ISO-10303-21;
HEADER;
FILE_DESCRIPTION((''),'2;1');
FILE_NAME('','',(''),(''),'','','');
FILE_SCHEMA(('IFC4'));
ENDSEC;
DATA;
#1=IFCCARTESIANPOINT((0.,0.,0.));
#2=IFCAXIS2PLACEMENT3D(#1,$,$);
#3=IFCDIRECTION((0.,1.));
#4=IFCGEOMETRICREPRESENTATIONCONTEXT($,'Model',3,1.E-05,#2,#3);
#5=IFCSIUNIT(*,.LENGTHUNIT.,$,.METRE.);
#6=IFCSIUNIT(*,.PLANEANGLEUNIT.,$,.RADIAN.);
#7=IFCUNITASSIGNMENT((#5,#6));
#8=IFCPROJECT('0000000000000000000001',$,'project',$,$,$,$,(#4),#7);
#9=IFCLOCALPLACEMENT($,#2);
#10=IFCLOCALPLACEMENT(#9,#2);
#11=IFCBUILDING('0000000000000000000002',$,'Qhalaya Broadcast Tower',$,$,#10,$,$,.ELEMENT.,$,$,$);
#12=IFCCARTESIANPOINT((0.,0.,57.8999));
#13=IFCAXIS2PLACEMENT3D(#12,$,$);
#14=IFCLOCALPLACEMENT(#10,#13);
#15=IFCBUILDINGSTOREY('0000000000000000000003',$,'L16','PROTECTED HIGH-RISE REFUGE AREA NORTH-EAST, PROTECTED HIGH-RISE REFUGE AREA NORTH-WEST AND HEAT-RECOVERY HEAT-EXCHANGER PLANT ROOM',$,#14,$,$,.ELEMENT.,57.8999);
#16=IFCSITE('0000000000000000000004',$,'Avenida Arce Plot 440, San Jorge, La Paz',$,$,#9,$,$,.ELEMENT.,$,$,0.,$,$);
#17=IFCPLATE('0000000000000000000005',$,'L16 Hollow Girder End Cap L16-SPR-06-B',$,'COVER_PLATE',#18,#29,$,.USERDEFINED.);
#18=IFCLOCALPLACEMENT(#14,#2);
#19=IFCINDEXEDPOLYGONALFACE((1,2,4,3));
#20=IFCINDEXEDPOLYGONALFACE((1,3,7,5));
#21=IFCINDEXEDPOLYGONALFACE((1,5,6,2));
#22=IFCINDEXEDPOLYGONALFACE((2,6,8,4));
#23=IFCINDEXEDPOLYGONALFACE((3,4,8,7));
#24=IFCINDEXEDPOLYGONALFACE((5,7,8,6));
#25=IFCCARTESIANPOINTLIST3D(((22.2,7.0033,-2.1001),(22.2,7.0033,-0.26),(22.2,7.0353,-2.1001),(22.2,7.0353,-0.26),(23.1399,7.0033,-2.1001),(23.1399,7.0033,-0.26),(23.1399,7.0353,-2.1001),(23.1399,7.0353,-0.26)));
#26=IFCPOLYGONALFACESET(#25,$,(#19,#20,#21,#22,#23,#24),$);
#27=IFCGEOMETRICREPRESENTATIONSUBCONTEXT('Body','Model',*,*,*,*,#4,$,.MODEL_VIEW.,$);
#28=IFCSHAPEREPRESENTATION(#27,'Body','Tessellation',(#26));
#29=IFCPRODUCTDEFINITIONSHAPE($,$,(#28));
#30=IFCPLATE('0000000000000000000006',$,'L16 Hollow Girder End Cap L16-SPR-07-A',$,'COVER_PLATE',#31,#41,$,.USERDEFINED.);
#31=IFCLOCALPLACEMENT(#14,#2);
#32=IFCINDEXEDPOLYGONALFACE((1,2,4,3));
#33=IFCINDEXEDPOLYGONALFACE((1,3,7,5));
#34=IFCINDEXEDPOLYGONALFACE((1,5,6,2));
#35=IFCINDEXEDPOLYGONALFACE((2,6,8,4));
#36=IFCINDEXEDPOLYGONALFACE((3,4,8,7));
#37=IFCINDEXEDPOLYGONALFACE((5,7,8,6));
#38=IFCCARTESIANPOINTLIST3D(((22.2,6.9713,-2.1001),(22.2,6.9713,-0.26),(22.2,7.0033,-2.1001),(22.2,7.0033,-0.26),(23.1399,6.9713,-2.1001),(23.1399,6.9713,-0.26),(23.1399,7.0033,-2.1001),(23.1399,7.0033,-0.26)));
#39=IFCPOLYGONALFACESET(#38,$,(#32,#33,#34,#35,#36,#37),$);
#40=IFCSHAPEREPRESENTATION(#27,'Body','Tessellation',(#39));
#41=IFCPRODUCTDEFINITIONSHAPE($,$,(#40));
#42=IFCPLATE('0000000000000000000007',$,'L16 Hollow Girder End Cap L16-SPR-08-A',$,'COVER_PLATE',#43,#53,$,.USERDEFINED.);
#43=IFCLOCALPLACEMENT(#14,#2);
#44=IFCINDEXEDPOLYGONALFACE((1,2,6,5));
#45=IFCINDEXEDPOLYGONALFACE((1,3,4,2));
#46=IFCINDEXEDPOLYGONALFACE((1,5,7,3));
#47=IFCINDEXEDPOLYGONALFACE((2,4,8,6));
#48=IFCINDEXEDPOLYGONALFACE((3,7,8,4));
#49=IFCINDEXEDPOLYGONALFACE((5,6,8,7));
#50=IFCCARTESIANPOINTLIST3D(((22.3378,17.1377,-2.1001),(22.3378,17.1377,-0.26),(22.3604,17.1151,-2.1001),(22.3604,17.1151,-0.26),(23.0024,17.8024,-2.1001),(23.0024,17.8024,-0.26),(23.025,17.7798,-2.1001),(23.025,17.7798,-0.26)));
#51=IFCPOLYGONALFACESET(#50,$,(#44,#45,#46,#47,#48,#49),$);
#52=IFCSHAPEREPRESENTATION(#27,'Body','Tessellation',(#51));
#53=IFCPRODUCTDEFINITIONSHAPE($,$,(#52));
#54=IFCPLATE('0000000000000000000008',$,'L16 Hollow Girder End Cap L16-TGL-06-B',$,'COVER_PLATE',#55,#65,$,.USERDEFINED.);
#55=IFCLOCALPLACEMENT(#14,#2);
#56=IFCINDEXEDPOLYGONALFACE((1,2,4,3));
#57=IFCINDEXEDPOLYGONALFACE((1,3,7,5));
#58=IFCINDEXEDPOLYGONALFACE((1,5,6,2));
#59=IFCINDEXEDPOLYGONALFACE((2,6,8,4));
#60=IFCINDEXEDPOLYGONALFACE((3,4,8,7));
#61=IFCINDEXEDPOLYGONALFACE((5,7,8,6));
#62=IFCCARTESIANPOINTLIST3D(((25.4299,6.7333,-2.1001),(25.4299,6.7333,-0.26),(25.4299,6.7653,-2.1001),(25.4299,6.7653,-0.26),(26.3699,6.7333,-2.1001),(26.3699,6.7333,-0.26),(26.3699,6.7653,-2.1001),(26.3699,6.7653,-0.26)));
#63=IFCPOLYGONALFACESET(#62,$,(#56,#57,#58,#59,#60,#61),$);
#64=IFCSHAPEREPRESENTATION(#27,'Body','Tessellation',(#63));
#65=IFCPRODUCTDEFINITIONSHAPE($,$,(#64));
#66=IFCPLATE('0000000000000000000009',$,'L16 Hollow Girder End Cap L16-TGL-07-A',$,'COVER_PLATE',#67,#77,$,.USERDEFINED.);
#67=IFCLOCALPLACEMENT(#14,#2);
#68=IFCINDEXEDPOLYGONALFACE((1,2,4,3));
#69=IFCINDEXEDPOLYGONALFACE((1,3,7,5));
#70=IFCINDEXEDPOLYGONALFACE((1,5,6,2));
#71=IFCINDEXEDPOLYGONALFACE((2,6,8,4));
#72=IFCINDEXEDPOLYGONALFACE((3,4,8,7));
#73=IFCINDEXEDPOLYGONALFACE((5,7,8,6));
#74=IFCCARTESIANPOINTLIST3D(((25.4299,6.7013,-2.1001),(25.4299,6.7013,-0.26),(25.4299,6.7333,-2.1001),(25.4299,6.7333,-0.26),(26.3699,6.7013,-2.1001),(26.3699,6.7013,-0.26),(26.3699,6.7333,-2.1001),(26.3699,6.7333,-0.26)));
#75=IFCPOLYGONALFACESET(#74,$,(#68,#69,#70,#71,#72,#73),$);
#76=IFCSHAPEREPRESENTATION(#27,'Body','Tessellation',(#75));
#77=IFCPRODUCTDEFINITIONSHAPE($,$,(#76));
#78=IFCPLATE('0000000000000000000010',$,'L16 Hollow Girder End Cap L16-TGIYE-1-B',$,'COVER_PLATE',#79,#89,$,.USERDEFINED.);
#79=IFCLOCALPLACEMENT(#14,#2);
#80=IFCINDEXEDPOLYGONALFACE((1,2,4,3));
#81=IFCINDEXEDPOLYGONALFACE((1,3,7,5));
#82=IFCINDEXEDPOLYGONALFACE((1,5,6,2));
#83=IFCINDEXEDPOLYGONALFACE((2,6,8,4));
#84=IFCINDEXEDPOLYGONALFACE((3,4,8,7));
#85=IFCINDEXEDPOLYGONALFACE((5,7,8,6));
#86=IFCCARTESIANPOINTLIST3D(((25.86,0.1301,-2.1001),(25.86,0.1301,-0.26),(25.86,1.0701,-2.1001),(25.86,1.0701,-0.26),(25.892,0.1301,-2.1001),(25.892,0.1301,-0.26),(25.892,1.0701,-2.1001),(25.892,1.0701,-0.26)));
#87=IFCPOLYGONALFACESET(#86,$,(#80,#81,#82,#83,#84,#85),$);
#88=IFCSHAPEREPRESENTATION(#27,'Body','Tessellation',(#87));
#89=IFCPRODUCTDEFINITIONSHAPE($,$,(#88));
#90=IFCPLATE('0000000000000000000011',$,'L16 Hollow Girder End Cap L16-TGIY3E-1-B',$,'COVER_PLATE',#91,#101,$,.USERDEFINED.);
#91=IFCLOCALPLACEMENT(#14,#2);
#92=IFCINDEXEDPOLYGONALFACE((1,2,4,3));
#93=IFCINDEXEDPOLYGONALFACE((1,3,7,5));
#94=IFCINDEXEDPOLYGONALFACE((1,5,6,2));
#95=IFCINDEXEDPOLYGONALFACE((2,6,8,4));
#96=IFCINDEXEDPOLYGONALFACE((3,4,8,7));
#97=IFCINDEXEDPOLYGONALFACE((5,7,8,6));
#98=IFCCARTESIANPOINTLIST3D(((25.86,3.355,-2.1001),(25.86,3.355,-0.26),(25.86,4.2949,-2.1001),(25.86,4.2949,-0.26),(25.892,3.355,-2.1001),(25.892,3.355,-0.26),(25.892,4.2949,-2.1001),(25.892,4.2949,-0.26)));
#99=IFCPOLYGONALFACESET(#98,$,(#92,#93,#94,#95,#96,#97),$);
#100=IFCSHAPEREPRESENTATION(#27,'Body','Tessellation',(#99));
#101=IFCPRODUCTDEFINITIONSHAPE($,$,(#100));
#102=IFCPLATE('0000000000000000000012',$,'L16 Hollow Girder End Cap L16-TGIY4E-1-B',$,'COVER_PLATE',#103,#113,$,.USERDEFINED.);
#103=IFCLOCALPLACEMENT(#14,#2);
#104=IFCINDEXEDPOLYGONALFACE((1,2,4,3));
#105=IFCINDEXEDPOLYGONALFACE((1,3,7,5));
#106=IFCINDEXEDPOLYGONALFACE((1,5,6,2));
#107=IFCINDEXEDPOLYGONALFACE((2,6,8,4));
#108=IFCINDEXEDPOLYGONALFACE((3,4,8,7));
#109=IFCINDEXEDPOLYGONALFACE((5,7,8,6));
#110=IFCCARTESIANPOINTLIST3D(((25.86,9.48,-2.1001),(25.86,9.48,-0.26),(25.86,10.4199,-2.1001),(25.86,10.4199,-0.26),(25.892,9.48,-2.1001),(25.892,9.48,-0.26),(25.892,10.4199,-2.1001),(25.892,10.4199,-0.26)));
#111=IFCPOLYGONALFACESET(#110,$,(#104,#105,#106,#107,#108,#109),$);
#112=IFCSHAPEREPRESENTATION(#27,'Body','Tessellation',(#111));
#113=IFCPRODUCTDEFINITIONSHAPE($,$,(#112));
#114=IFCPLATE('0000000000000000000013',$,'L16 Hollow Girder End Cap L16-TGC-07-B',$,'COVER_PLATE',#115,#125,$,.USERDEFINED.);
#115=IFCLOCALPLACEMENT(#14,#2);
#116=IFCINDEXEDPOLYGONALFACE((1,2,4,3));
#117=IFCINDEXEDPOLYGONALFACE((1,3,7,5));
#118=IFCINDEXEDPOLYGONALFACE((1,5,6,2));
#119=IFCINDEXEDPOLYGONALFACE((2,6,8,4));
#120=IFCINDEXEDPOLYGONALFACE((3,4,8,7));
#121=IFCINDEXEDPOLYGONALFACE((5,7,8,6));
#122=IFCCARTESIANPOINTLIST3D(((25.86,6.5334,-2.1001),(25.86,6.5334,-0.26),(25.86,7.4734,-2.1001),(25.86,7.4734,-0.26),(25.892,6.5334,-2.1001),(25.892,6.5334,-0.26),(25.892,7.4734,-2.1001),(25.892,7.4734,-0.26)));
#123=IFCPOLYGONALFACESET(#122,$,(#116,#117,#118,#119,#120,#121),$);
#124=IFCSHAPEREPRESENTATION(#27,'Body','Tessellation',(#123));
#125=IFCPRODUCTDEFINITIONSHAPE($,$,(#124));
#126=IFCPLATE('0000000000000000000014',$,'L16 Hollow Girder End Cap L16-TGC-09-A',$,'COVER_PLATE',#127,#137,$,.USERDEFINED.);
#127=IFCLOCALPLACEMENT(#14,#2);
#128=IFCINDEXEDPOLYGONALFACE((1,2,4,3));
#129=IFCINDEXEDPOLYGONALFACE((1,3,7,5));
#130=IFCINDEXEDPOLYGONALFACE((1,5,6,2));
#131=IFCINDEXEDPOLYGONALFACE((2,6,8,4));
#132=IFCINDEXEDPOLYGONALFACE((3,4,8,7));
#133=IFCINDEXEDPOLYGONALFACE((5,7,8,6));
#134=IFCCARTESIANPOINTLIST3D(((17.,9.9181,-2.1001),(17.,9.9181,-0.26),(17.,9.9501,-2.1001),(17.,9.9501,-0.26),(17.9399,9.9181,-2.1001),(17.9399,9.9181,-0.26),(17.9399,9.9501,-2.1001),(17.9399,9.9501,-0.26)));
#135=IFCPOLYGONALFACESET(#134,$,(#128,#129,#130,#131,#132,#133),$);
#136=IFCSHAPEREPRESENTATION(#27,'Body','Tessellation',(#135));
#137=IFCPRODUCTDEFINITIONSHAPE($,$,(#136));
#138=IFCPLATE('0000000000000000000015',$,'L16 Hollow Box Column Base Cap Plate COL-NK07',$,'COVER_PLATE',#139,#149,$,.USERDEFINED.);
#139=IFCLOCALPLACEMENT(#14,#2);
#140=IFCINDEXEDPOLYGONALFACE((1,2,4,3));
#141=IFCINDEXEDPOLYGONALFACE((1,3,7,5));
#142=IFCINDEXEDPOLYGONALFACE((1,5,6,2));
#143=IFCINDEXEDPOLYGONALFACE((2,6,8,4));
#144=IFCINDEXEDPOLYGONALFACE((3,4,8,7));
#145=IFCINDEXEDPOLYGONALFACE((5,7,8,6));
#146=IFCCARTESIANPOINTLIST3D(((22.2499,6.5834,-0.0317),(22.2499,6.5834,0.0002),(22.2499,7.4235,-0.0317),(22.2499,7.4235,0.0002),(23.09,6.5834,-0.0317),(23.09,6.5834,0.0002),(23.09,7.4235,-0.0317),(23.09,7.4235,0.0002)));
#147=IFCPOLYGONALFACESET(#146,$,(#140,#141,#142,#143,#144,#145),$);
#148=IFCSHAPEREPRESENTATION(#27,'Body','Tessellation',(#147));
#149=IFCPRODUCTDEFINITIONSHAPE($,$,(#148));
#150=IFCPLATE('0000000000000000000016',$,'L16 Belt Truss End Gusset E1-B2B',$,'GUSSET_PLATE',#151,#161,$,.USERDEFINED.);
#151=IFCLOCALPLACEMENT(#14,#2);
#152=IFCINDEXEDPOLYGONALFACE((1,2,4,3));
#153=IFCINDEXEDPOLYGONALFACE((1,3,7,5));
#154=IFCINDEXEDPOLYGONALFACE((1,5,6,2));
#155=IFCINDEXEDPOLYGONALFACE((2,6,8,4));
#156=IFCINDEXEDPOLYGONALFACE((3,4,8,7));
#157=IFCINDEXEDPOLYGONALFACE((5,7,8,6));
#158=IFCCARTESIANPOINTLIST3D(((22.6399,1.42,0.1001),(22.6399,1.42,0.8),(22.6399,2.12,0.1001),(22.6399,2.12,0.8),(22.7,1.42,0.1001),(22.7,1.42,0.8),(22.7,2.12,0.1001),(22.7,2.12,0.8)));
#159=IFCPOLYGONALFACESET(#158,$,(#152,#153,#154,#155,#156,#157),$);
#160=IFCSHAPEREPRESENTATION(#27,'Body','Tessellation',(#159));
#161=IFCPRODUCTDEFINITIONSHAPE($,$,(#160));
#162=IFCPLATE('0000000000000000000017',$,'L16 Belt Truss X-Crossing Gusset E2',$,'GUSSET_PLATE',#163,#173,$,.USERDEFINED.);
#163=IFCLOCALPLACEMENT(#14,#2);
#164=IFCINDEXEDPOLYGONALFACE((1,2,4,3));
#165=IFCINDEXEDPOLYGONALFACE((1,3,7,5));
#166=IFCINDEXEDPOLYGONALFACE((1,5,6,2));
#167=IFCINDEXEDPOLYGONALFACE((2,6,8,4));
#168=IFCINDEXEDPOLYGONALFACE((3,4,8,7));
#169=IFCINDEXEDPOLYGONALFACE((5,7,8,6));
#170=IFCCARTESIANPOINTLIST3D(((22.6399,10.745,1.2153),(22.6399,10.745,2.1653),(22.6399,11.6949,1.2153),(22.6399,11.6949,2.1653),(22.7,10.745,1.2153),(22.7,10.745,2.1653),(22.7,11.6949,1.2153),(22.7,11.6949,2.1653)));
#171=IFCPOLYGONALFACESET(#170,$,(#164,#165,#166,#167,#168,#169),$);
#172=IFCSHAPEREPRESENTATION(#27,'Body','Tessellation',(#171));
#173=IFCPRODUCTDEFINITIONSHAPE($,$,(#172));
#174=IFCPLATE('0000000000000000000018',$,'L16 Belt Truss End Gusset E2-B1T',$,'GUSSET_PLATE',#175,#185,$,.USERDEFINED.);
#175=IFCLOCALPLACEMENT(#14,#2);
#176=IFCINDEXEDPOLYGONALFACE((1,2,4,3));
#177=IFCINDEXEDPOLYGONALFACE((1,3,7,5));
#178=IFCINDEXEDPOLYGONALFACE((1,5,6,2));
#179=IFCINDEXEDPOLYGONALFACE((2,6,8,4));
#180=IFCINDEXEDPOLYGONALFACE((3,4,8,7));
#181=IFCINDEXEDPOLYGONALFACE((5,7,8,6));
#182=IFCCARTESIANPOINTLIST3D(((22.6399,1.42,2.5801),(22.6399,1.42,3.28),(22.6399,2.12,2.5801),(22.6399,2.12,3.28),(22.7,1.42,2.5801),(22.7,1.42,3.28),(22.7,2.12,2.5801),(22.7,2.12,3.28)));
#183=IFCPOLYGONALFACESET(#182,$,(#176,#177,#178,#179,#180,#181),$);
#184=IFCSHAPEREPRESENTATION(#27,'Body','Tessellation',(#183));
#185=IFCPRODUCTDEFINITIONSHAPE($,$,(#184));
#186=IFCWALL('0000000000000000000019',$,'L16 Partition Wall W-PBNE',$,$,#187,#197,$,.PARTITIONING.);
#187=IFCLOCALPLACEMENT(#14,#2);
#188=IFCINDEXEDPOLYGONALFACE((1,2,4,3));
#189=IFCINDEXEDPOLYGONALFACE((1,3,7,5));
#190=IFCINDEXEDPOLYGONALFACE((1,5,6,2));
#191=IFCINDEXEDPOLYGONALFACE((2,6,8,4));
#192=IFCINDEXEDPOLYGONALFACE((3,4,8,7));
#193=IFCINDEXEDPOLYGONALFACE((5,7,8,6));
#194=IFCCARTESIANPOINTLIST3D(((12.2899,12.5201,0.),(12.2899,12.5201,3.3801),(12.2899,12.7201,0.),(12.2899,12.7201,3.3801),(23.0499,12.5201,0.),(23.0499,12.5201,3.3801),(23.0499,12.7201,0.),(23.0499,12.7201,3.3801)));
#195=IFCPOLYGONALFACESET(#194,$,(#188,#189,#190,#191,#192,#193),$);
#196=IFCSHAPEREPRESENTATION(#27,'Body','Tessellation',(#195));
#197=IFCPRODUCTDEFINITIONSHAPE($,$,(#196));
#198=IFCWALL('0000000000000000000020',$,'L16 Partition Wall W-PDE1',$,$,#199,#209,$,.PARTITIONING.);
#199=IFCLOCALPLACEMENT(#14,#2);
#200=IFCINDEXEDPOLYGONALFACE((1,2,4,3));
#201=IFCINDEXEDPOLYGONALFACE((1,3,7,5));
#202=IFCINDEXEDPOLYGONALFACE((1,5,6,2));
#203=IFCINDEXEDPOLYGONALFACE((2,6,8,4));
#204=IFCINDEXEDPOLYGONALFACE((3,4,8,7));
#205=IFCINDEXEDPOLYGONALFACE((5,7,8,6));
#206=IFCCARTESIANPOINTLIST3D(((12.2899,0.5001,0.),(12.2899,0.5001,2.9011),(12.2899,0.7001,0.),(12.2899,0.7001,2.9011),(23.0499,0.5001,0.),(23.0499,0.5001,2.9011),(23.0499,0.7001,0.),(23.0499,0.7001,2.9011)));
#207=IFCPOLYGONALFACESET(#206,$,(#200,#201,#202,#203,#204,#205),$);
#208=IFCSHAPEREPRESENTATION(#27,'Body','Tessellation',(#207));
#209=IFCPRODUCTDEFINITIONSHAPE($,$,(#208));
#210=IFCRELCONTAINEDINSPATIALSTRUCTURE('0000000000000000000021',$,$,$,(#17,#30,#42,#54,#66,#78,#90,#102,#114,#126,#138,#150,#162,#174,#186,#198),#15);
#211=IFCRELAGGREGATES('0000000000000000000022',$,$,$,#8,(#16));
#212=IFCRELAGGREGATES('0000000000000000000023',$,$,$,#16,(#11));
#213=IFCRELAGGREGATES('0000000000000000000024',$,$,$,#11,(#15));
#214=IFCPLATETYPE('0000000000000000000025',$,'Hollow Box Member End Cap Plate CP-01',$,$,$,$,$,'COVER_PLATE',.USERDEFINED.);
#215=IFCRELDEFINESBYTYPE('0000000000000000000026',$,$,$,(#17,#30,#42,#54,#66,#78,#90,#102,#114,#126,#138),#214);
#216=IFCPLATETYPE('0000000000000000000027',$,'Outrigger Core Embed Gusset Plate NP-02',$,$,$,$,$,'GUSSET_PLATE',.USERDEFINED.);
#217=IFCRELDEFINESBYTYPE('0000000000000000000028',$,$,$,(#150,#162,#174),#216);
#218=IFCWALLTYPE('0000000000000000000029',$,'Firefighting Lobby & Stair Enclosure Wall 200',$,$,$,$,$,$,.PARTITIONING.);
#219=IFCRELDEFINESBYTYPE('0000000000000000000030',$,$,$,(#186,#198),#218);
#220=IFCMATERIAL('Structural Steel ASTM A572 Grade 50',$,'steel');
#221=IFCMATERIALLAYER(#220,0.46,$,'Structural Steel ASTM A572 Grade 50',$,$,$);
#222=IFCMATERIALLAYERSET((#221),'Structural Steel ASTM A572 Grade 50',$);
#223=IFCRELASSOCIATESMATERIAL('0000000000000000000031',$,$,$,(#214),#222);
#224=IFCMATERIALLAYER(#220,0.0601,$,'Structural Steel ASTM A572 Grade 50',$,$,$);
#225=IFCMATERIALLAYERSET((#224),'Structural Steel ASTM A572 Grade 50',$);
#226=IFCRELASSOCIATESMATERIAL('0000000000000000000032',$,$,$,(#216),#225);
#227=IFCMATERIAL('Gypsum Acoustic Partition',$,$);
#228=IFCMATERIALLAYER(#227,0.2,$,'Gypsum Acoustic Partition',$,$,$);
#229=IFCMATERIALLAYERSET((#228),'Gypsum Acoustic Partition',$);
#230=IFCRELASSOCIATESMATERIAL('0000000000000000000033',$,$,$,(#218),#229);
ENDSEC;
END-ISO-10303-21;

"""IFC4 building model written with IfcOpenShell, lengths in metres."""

from ifc_helpers import new_model, si_unit, direction, frame, frame_2d, origin, origin_2d, place, context, subcontext, project, spatial, rectangle, extrude, material, layer, layer_set, type_object, element, save


model = new_model("IFC4")

# Units and contexts
model_context = context("Model", 3, precision=1e-05, world=origin(), true_north=direction((0.0, 1.0)))
body_context = subcontext(model_context, "Body", "Model", "MODEL_VIEW")
ifc_project = project(units=[si_unit("LENGTHUNIT", "METRE"), si_unit("PLANEANGLEUNIT", "RADIAN")], contexts=[model_context])

# Site, building, storey
site_placement = place(None, origin())
site = spatial("IfcSite", under=ifc_project, at=site_placement, Name="Avenida Arce Plot 440, San Jorge, La Paz", CompositionType="ELEMENT", RefElevation=0.0)
building_placement = place(site_placement, origin())
building = spatial("IfcBuilding", under=site, at=building_placement, Name="Qhalaya Broadcast Tower", CompositionType="ELEMENT")
storey_placement = place(building_placement, frame((0.0, 0.0, 57.8999)))
storey = spatial("IfcBuildingStorey", under=building, at=storey_placement, Name="L16", Description="PROTECTED HIGH-RISE REFUGE AREA NORTH-EAST, PROTECTED HIGH-RISE REFUGE AREA NORTH-WEST AND HEAT-RECOVERY HEAT-EXCHANGER PLANT ROOM", CompositionType="ELEMENT", Elevation=57.8999)

# Shared definitions
ifc_material_1 = material(Name="Structural Steel ASTM A572 Grade 50", Category="steel")

# Plates
ifc_layer_1 = layer(ifc_material_1, 0.46, Name="Structural Steel ASTM A572 Grade 50")
ifc_layer_set_1 = layer_set([ifc_layer_1], Name="Structural Steel ASTM A572 Grade 50")
plate_type_1 = type_object("IfcPlateType", Name="Hollow Box Member End Cap Plate CP-01", ElementType="COVER_PLATE", PredefinedType="USERDEFINED", material=ifc_layer_set_1)
for number, where, z_axis, x_axis, name in (
    (1, (22.6699, 7.0193, -2.1001), (0.0, 0.0, 1.0), (-1.0, 0.0, 0.0), "L16 Hollow Girder End Cap L16-SPR-06-B"),
    (2, (22.6699, 6.9873, -2.1001), (0.0, 0.0, 1.0), (-1.0, 0.0, 0.0), "L16 Hollow Girder End Cap L16-SPR-07-A"),
    (3, (22.6814, 17.4587, -2.1001), (0.0, 0.0, 1.0), (-0.707107, -0.707107, 0.0), "L16 Hollow Girder End Cap L16-SPR-08-A"),
    (4, (25.8999, 6.7493, -2.1001), (0.0, 0.0, 1.0), (-1.0, 0.0, 0.0), "L16 Hollow Girder End Cap L16-TGL-06-B"),
    (5, (25.8999, 6.7173, -2.1001), (0.0, 0.0, 1.0), (-1.0, 0.0, 0.0), "L16 Hollow Girder End Cap L16-TGL-07-A"),
    (6, (25.876, 0.6001, -2.1001), (0.0, 0.0, 1.0), (0.0, 1.0, 0.0), "L16 Hollow Girder End Cap L16-TGIYE-1-B"),
    (7, (25.876, 3.825, -2.1001), (0.0, 0.0, 1.0), (0.0, 1.0, 0.0), "L16 Hollow Girder End Cap L16-TGIY3E-1-B"),
    (8, (25.876, 9.95, -2.1001), (0.0, 0.0, 1.0), (0.0, 1.0, 0.0), "L16 Hollow Girder End Cap L16-TGIY4E-1-B"),
    (9, (25.876, 7.0034, -2.1001), (0.0, 0.0, 1.0), (0.0, 1.0, 0.0), "L16 Hollow Girder End Cap L16-TGC-07-B"),
    (10, (17.47, 9.9341, -2.1001), (0.0, 0.0, 1.0), (-1.0, 0.0, 0.0), "L16 Hollow Girder End Cap L16-TGC-09-A"),
):
    element("IfcPlate", number, at=place(storey_placement, frame(where, z_axis=z_axis, x_axis=x_axis)), inside=storey, type_object=plate_type_1, Name=name, ObjectType="COVER_PLATE", PredefinedType="USERDEFINED", context=body_context, shape_type="SweptSolid", body=[
        extrude(rectangle(XDim=0.9399, YDim=0.032, at=origin_2d()), origin(), (0.0, 0.0, 1.0), 1.8401),
    ])
plate_1_placement = place(storey_placement, frame((22.6699, 7.0034, -0.0317), z_axis=(0.0, 0.0, 1.0), x_axis=(0.0, 1.0, 0.0)))
element("IfcPlate", 11, at=plate_1_placement, inside=storey, type_object=plate_type_1, Name="L16 Hollow Box Column Base Cap Plate COL-NK07", ObjectType="COVER_PLATE", PredefinedType="USERDEFINED", context=body_context, shape_type="SweptSolid", body=[
    extrude(rectangle(XDim=0.8401, YDim=0.8401, at=origin_2d()), origin(), (0.0, 0.0, 1.0), 0.032),
])
ifc_layer_2 = layer(ifc_material_1, 0.0601, Name="Structural Steel ASTM A572 Grade 50")
ifc_layer_set_2 = layer_set([ifc_layer_2], Name="Structural Steel ASTM A572 Grade 50")
plate_type_2 = type_object("IfcPlateType", Name="Outrigger Core Embed Gusset Plate NP-02", ElementType="GUSSET_PLATE", PredefinedType="USERDEFINED", material=ifc_layer_set_2)
plate_2_placement = place(storey_placement, frame((22.6699, 1.77, 0.1001), z_axis=(0.0, 0.0, 1.0), x_axis=(0.0, 1.0, 0.0)))
element("IfcPlate", 12, at=plate_2_placement, inside=storey, type_object=plate_type_2, Name="L16 Belt Truss End Gusset E1-B2B", ObjectType="GUSSET_PLATE", PredefinedType="USERDEFINED", context=body_context, shape_type="SweptSolid", body=[
    extrude(rectangle(XDim=0.7, YDim=0.0601, at=origin_2d()), origin(), (0.0, 0.0, 1.0), 0.7),
])
plate_3_placement = place(storey_placement, frame((22.6699, 11.22, 1.2153), z_axis=(0.0, 0.0, 1.0), x_axis=(0.0, 1.0, 0.0)))
element("IfcPlate", 13, at=plate_3_placement, inside=storey, type_object=plate_type_2, Name="L16 Belt Truss X-Crossing Gusset E2", ObjectType="GUSSET_PLATE", PredefinedType="USERDEFINED", context=body_context, shape_type="SweptSolid", body=[
    extrude(rectangle(XDim=0.95, YDim=0.0601, at=origin_2d()), origin(), (0.0, 0.0, 1.0), 0.95),
])
plate_4_placement = place(storey_placement, frame((22.6699, 1.77, 2.5801), z_axis=(0.0, 0.0, 1.0), x_axis=(0.0, 1.0, 0.0)))
element("IfcPlate", 14, at=plate_4_placement, inside=storey, type_object=plate_type_2, Name="L16 Belt Truss End Gusset E2-B1T", ObjectType="GUSSET_PLATE", PredefinedType="USERDEFINED", context=body_context, shape_type="SweptSolid", body=[
    extrude(rectangle(XDim=0.7, YDim=0.0601, at=origin_2d()), origin(), (0.0, 0.0, 1.0), 0.7),
])

# Walls
ifc_material_2 = material(Name="Gypsum Acoustic Partition")
ifc_layer_3 = layer(ifc_material_2, 0.2, Name="Gypsum Acoustic Partition")
ifc_layer_set_3 = layer_set([ifc_layer_3], Name="Gypsum Acoustic Partition")
wall_type_1 = type_object("IfcWallType", Name="Firefighting Lobby & Stair Enclosure Wall 200", PredefinedType="PARTITIONING", material=ifc_layer_set_3)
wall_1_placement = place(storey_placement, frame((12.29, 12.6201, 0.0), z_axis=(0.0, 0.0, 1.0), x_axis=(1.0, 0.0, 0.0)))
element("IfcWall", 15, at=wall_1_placement, inside=storey, type_object=wall_type_1, Name="L16 Partition Wall W-PBNE", PredefinedType="PARTITIONING", context=body_context, shape_type="SweptSolid", body=[
    extrude(rectangle(XDim=10.76, YDim=0.2, at=frame_2d((5.3799, 0.0))), origin(), (0.0, 0.0, 1.0), 3.3801),
])
wall_2_placement = place(storey_placement, frame((12.29, 0.6001, 0.0), z_axis=(0.0, 0.0, 1.0), x_axis=(1.0, 0.0, 0.0)))
element("IfcWall", 16, at=wall_2_placement, inside=storey, type_object=wall_type_1, Name="L16 Partition Wall W-PDE1", PredefinedType="PARTITIONING", context=body_context, shape_type="SweptSolid", body=[
    extrude(rectangle(XDim=10.76, YDim=0.2, at=frame_2d((5.3799, 0.0))), origin(), (0.0, 0.0, 1.0), 2.9011),
])

save(model, "model.ifc")
